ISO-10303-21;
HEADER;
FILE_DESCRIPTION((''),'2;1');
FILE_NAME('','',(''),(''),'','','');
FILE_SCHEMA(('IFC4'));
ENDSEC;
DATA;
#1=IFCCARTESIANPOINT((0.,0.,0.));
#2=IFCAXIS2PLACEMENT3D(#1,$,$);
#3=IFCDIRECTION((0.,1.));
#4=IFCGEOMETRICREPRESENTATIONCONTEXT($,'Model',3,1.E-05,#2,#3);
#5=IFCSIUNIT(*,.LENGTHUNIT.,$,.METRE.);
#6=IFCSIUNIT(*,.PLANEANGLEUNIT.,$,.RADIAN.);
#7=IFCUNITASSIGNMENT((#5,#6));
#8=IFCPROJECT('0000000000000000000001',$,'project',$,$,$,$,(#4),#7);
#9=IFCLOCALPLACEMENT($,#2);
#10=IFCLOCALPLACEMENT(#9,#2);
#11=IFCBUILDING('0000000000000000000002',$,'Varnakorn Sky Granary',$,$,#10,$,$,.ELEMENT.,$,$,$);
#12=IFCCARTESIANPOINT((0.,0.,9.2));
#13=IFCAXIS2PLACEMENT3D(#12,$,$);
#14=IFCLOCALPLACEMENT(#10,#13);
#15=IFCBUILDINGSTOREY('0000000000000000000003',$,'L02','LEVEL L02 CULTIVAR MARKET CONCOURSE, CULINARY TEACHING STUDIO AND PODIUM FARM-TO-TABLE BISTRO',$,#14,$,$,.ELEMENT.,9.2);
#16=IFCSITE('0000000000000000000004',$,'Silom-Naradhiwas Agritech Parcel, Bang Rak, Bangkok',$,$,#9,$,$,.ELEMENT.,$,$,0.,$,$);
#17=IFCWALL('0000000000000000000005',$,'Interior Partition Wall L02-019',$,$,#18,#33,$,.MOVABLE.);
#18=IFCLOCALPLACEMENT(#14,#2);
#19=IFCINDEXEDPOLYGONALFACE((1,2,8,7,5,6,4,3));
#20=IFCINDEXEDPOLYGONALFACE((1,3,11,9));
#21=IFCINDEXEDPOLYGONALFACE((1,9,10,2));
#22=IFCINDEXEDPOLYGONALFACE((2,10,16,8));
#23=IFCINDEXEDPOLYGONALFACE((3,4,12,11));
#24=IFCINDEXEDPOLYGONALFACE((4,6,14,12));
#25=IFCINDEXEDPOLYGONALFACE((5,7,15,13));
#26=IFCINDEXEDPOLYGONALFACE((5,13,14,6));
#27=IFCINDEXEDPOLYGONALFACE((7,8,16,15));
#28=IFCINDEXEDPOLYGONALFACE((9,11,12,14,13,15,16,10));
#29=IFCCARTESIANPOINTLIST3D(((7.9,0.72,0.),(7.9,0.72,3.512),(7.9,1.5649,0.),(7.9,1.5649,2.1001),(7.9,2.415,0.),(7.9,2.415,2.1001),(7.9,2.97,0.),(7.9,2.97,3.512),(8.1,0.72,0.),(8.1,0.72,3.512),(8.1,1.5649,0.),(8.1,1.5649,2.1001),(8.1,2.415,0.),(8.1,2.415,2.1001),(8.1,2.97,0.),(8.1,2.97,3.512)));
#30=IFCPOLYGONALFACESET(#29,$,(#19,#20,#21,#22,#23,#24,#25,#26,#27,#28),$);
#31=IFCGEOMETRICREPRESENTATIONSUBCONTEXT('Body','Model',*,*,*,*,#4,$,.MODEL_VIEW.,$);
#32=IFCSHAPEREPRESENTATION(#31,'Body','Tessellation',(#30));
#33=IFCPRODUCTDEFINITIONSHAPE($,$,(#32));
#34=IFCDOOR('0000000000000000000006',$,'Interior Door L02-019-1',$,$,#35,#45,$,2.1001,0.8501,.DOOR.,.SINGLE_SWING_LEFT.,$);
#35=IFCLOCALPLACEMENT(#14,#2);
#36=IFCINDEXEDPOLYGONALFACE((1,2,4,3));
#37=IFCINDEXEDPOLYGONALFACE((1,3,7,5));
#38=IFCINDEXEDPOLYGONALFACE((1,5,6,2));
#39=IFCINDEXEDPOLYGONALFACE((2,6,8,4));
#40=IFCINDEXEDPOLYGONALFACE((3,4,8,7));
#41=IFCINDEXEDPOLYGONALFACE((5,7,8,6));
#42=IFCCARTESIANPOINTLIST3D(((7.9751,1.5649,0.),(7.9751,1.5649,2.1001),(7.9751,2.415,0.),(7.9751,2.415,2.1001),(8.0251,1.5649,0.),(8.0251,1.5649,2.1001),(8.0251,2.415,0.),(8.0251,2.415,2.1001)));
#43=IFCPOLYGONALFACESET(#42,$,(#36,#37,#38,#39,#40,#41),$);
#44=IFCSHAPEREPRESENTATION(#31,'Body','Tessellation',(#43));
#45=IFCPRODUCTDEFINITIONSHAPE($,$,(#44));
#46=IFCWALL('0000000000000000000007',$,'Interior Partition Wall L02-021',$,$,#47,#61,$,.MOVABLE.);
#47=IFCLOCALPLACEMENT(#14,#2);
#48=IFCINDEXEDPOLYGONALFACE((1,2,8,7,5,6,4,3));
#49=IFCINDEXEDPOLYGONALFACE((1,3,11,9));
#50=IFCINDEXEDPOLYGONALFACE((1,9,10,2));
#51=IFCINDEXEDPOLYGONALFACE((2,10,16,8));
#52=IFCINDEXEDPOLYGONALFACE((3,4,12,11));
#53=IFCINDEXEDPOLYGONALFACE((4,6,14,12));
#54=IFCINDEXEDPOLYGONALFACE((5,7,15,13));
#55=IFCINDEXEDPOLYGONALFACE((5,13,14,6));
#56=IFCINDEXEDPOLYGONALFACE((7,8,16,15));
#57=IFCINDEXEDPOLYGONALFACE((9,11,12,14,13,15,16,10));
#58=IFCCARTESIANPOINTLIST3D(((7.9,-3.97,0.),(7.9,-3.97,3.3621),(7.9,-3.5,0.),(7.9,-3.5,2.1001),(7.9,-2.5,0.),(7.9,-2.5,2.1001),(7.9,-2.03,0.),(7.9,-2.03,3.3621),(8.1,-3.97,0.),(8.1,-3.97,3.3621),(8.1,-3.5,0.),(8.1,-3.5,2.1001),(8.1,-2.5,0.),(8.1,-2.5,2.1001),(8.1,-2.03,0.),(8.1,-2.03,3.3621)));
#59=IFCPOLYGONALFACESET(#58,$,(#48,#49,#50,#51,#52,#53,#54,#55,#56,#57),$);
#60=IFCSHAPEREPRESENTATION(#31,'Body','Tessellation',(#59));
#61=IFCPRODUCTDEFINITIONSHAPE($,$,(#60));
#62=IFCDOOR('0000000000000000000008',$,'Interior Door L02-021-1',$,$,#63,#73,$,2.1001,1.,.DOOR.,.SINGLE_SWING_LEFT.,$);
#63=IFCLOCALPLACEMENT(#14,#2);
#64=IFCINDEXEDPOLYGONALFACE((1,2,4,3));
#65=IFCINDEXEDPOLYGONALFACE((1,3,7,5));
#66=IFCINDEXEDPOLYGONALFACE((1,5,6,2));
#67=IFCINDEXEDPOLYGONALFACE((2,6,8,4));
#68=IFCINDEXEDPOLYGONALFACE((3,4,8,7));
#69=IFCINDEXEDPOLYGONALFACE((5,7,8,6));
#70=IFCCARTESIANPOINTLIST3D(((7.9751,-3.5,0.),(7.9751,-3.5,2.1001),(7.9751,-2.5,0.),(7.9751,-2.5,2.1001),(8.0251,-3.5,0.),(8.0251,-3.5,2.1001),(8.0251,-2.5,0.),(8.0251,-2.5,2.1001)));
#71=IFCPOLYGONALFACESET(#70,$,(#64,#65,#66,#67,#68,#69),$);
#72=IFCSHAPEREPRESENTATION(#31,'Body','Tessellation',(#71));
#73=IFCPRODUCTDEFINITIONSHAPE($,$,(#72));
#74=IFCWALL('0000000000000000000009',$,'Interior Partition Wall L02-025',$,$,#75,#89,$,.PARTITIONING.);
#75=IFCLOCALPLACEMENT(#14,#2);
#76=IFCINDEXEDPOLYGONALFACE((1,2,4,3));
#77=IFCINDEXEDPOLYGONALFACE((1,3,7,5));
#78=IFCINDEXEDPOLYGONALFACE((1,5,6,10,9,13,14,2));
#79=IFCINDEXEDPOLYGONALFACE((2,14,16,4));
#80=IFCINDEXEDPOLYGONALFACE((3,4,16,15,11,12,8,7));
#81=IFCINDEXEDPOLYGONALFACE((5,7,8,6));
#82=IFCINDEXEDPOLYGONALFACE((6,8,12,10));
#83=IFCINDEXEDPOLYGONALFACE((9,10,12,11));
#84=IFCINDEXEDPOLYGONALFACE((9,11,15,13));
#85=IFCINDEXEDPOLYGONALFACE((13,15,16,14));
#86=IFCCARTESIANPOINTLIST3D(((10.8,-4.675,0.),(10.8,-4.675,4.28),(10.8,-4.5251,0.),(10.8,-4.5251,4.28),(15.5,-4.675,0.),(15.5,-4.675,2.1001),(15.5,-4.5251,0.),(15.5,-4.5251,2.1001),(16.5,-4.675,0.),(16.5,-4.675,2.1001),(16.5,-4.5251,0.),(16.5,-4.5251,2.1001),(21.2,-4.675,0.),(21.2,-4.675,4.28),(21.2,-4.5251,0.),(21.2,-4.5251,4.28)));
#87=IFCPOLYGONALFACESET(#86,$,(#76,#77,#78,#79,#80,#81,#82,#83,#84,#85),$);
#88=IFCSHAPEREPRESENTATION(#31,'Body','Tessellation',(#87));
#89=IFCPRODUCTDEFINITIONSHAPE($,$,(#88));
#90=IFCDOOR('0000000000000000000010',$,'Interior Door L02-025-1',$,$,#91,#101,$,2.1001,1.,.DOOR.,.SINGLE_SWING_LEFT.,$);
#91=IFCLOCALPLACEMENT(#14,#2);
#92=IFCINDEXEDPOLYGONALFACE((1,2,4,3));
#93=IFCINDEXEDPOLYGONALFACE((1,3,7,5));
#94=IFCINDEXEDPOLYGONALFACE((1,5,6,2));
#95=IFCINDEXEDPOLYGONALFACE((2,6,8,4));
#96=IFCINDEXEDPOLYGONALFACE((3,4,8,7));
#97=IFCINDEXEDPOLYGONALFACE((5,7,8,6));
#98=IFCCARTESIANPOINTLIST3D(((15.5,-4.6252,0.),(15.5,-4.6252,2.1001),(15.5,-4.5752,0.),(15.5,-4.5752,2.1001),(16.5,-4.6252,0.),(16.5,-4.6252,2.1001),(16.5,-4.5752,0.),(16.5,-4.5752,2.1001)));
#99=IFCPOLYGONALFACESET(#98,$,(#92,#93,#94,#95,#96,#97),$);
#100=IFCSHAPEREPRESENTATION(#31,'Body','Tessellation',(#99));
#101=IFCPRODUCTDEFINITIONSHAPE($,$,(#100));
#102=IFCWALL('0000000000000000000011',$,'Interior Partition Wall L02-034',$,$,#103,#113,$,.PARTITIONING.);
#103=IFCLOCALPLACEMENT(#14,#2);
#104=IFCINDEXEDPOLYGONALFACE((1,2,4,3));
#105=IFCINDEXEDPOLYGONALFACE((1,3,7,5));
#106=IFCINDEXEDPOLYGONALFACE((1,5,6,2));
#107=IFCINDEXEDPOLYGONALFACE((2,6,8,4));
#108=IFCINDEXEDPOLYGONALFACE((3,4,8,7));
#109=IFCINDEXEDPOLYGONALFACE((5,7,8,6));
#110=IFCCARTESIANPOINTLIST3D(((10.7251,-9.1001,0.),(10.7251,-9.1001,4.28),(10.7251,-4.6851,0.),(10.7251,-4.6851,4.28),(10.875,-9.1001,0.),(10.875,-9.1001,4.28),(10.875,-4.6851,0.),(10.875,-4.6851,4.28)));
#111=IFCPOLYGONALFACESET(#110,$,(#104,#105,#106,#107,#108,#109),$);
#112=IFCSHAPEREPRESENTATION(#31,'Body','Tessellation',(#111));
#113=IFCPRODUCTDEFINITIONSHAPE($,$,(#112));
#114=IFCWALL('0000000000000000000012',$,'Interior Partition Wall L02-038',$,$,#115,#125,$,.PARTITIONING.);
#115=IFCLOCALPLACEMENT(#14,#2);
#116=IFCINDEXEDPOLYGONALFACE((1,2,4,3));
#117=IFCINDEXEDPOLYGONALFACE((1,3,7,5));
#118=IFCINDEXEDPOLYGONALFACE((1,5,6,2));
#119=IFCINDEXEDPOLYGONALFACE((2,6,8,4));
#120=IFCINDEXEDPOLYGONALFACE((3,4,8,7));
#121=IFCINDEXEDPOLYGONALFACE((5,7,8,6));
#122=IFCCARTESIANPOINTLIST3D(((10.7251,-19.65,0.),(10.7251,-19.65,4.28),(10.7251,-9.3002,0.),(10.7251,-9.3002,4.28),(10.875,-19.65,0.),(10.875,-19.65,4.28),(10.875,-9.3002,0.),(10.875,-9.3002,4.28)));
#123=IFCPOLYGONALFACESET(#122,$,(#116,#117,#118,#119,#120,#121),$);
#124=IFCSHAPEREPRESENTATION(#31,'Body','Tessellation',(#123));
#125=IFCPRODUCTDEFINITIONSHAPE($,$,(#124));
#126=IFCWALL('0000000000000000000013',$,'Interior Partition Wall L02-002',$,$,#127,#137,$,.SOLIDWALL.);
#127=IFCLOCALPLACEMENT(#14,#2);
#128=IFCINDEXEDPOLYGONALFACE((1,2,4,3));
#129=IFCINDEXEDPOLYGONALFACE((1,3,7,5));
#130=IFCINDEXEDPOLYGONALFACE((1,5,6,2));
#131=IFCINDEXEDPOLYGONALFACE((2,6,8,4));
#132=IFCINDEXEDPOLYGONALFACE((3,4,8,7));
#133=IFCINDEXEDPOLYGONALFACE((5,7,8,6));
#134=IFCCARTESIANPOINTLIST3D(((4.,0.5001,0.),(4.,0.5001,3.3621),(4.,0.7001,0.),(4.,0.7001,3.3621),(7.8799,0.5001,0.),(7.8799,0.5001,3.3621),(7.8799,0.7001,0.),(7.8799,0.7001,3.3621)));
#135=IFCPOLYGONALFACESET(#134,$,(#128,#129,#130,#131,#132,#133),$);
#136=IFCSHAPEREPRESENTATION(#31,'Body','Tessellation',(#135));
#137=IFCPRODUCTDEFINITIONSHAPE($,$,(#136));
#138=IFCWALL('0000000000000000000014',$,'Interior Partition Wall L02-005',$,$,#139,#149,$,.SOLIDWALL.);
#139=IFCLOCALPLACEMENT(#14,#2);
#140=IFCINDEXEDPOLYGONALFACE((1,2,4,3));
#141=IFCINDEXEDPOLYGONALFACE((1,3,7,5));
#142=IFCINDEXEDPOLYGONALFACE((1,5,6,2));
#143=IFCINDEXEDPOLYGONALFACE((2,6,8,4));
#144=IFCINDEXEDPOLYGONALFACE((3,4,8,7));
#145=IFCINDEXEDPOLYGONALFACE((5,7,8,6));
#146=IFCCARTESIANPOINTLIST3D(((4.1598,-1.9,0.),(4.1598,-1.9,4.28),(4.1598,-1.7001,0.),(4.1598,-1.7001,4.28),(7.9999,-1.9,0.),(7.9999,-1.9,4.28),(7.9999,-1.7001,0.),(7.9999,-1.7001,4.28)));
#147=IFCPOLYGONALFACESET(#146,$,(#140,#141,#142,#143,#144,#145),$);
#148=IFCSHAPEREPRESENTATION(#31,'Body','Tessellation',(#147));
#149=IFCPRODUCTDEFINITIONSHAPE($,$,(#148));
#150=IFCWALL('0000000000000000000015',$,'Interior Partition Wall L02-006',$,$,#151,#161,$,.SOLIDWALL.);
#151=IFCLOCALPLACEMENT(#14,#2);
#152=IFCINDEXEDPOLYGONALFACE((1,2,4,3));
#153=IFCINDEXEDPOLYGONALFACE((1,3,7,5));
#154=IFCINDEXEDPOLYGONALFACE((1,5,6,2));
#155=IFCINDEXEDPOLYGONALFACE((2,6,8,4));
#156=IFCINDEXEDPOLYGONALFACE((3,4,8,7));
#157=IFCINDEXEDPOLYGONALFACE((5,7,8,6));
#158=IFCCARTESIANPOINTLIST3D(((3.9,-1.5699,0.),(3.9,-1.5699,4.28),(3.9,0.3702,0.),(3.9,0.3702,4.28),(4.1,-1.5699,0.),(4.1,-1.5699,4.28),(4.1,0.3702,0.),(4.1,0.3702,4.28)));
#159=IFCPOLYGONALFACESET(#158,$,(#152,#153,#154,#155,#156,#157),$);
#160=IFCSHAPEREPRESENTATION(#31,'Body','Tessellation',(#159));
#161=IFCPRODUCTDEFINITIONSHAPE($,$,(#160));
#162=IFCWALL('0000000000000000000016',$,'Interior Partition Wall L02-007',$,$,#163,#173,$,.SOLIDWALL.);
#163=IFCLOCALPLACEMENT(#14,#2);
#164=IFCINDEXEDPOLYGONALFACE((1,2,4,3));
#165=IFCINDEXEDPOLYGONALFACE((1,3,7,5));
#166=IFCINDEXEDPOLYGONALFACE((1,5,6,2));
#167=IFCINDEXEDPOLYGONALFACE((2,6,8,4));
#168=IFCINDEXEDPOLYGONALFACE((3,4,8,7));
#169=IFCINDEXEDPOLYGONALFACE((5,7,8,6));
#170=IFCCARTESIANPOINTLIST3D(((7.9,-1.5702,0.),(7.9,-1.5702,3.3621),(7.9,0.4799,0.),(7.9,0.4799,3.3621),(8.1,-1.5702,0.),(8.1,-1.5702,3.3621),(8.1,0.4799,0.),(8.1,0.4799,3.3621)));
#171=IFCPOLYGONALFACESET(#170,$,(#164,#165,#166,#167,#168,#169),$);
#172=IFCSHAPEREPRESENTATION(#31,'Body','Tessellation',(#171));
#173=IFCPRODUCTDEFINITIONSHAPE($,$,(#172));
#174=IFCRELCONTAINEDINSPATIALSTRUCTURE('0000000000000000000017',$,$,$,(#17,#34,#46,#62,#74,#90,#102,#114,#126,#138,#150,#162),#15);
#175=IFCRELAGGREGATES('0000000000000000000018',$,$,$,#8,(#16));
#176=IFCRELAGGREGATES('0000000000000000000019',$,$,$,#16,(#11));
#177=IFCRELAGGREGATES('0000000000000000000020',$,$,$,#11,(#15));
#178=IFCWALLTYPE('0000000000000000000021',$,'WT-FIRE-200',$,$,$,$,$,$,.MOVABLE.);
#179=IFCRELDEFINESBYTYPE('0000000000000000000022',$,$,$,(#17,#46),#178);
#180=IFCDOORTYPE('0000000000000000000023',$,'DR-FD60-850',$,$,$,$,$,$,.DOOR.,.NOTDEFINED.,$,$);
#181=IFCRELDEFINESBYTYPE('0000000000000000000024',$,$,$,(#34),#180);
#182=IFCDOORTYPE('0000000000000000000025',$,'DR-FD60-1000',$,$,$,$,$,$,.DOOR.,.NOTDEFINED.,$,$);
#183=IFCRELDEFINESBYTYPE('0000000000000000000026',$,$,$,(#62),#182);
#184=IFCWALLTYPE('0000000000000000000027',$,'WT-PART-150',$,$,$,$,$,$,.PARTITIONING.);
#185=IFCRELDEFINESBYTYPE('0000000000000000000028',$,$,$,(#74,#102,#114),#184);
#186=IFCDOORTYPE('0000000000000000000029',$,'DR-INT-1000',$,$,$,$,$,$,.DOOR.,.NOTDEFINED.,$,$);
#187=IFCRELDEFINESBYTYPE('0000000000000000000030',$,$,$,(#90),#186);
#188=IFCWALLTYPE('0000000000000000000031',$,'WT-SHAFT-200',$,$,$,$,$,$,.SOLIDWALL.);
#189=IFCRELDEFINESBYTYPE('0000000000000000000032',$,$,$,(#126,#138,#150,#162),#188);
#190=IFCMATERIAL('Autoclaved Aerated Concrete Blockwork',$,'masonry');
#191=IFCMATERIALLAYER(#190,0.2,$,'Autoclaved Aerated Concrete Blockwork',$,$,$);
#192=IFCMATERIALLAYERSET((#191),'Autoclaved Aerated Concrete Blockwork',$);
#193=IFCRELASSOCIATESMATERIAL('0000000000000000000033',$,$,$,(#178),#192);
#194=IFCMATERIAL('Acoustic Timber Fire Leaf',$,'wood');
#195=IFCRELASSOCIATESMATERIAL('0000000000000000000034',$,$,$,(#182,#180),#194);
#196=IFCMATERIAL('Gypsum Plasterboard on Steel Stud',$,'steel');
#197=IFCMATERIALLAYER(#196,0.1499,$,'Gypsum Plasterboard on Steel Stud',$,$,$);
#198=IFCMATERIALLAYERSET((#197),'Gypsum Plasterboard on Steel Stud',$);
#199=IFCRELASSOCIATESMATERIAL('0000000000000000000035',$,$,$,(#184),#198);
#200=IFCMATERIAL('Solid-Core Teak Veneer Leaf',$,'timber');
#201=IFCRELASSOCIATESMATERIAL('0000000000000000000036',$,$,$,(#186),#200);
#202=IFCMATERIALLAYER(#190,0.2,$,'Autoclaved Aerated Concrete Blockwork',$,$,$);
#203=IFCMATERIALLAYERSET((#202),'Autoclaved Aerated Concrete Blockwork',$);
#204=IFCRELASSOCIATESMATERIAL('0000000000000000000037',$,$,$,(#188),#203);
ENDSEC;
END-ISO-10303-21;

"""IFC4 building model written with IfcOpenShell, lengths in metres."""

from ifc_helpers import new_model, si_unit, direction, frame, frame_2d, origin, place, context, subcontext, project, spatial, rectangle, extrude, material, layer, layer_set, type_object, element, fill, save


model = new_model("IFC4")

# Units and contexts
model_context = context("Model", 3, precision=1e-05, world=origin(), true_north=direction((0.0, 1.0)))
body_context = subcontext(model_context, "Body", "Model", "MODEL_VIEW")
ifc_project = project(units=[si_unit("LENGTHUNIT", "METRE"), si_unit("PLANEANGLEUNIT", "RADIAN")], contexts=[model_context])

# Site, building, storey
site_placement = place(None, origin())
site = spatial("IfcSite", under=ifc_project, at=site_placement, Name="Silom-Naradhiwas Agritech Parcel, Bang Rak, Bangkok", CompositionType="ELEMENT", RefElevation=0.0)
building_placement = place(site_placement, origin())
building = spatial("IfcBuilding", under=site, at=building_placement, Name="Varnakorn Sky Granary", CompositionType="ELEMENT")
storey_placement = place(building_placement, frame((0.0, 0.0, 9.2)))
storey = spatial("IfcBuildingStorey", under=building, at=storey_placement, Name="L02", Description="LEVEL L02 CULTIVAR MARKET CONCOURSE, CULINARY TEACHING STUDIO AND PODIUM FARM-TO-TABLE BISTRO", CompositionType="ELEMENT", Elevation=9.2)

# Walls, openings, doors
ifc_material_1 = material(Name="Autoclaved Aerated Concrete Blockwork", Category="masonry")
ifc_layer_1 = layer(ifc_material_1, 0.2, Name="Autoclaved Aerated Concrete Blockwork")
ifc_layer_set_1 = layer_set([ifc_layer_1], Name="Autoclaved Aerated Concrete Blockwork")
wall_type_1 = type_object("IfcWallType", Name="WT-FIRE-200", PredefinedType="MOVABLE", material=ifc_layer_set_1)
ifc_material_2 = material(Name="Acoustic Timber Fire Leaf", Category="wood")
door_type_1 = type_object("IfcDoorType", Name="DR-FD60-1000", OperationType="NOTDEFINED", PredefinedType="DOOR", material=ifc_material_2)
wall_1_placement = place(storey_placement, frame((8.0, 0.72, 0.0), z_axis=(0.0, 0.0, 1.0), x_axis=(0.0, 1.0, 0.0)))
wall_1 = element("IfcWall", 1, at=wall_1_placement, inside=storey, type_object=wall_type_1, Name="Interior Partition Wall L02-019", PredefinedType="MOVABLE", context=body_context, shape_type="SweptSolid", body=[
    extrude(rectangle(XDim=2.25, YDim=0.2, at=frame_2d((1.125, 0.0))), origin(), (0.0, 0.0, 1.0), 3.512),
])
opening_1_placement = place(wall_1_placement, frame((0.845, 0.0, 0.0)))
opening_1 = element("IfcOpeningElement", 2, at=opening_1_placement, cuts=wall_1, PredefinedType="OPENING", context=body_context, shape_type="SweptSolid", body=[
    extrude(rectangle(XDim=0.8501, YDim=2.1001, at=frame_2d((0.425, 1.05))), frame((0.0, 0.1099, 0.0), z_axis=(0.0, -1.0, 0.0), x_axis=(1.0, 0.0, 0.0)), (0.0, 0.0, 1.0), 0.22),
])
door_type_2 = type_object("IfcDoorType", Name="DR-FD60-850", OperationType="NOTDEFINED", PredefinedType="DOOR", material=ifc_material_2)
door_1_placement = place(opening_1_placement, origin())
door_1 = element("IfcDoor", 3, at=door_1_placement, inside=storey, type_object=door_type_2, Name="Interior Door L02-019-1", OperationType="SINGLE_SWING_LEFT", OverallHeight=2.1001, OverallWidth=0.8501, PredefinedType="DOOR", context=body_context, shape_type="SweptSolid", body=[
    extrude(rectangle(XDim=0.8501, YDim=2.1001, at=frame_2d((0.425, 1.05))), frame((0.0, 0.0249, 0.0), z_axis=(0.0, -1.0, 0.0), x_axis=(1.0, 0.0, 0.0)), (0.0, 0.0, 1.0), 0.05),
])
fill(opening_1, door_1)
wall_2_placement = place(storey_placement, frame((8.0, -3.97, 0.0), z_axis=(0.0, 0.0, 1.0), x_axis=(0.0, 1.0, 0.0)))
wall_2 = element("IfcWall", 4, at=wall_2_placement, inside=storey, type_object=wall_type_1, Name="Interior Partition Wall L02-021", PredefinedType="MOVABLE", context=body_context, shape_type="SweptSolid", body=[
    extrude(rectangle(XDim=1.9399, YDim=0.2, at=frame_2d((0.97, 0.0))), origin(), (0.0, 0.0, 1.0), 3.3621),
])
opening_2_placement = place(wall_2_placement, frame((0.47, 0.0, 0.0)))
opening_2 = element("IfcOpeningElement", 5, at=opening_2_placement, cuts=wall_2, PredefinedType="OPENING", context=body_context, shape_type="SweptSolid", body=[
    extrude(rectangle(XDim=1.0, YDim=2.1001, at=frame_2d((0.5, 1.05))), frame((0.0, 0.1099, 0.0), z_axis=(0.0, -1.0, 0.0), x_axis=(1.0, 0.0, 0.0)), (0.0, 0.0, 1.0), 0.22),
])
door_2_placement = place(opening_2_placement, origin())
door_2 = element("IfcDoor", 6, at=door_2_placement, inside=storey, type_object=door_type_1, Name="Interior Door L02-021-1", OperationType="SINGLE_SWING_LEFT", OverallHeight=2.1001, OverallWidth=1.0, PredefinedType="DOOR", context=body_context, shape_type="SweptSolid", body=[
    extrude(rectangle(XDim=1.0, YDim=2.1001, at=frame_2d((0.5, 1.05))), frame((0.0, 0.0249, 0.0), z_axis=(0.0, -1.0, 0.0), x_axis=(1.0, 0.0, 0.0)), (0.0, 0.0, 1.0), 0.05),
])
fill(opening_2, door_2)
ifc_material_3 = material(Name="Gypsum Plasterboard on Steel Stud", Category="steel")
ifc_layer_2 = layer(ifc_material_3, 0.1499, Name="Gypsum Plasterboard on Steel Stud")
ifc_layer_set_2 = layer_set([ifc_layer_2], Name="Gypsum Plasterboard on Steel Stud")
wall_type_2 = type_object("IfcWallType", Name="WT-PART-150", PredefinedType="PARTITIONING", material=ifc_layer_set_2)
wall_3_placement = place(storey_placement, frame((10.8, -4.6001, 0.0), z_axis=(0.0, 0.0, 1.0), x_axis=(1.0, 0.0, 0.0)))
wall_3 = element("IfcWall", 7, at=wall_3_placement, inside=storey, type_object=wall_type_2, Name="Interior Partition Wall L02-025", PredefinedType="PARTITIONING", context=body_context, shape_type="SweptSolid", body=[
    extrude(rectangle(XDim=10.3999, YDim=0.1499, at=frame_2d((5.2, 0.0))), origin(), (0.0, 0.0, 1.0), 4.28),
])
opening_3_placement = place(wall_3_placement, frame((4.7, 0.0, 0.0)))
opening_3 = element("IfcOpeningElement", 8, at=opening_3_placement, cuts=wall_3, PredefinedType="OPENING", context=body_context, shape_type="SweptSolid", body=[
    extrude(rectangle(XDim=1.0, YDim=2.1001, at=frame_2d((0.5, 1.05))), frame((0.0, 0.085, 0.0), z_axis=(0.0, -1.0, 0.0), x_axis=(1.0, 0.0, 0.0)), (0.0, 0.0, 1.0), 0.1699),
])
ifc_material_4 = material(Name="Solid-Core Teak Veneer Leaf", Category="timber")
door_type_3 = type_object("IfcDoorType", Name="DR-INT-1000", OperationType="NOTDEFINED", PredefinedType="DOOR", material=ifc_material_4)
door_3_placement = place(opening_3_placement, origin())
door_3 = element("IfcDoor", 9, at=door_3_placement, inside=storey, type_object=door_type_3, Name="Interior Door L02-025-1", OperationType="SINGLE_SWING_LEFT", OverallHeight=2.1001, OverallWidth=1.0, PredefinedType="DOOR", context=body_context, shape_type="SweptSolid", body=[
    extrude(rectangle(XDim=1.0, YDim=2.1001, at=frame_2d((0.5, 1.05))), frame((0.0, 0.0249, 0.0), z_axis=(0.0, -1.0, 0.0), x_axis=(1.0, 0.0, 0.0)), (0.0, 0.0, 1.0), 0.05),
])
fill(opening_3, door_3)

# Walls
wall_4_placement = place(storey_placement, frame((10.8, -9.1001, 0.0), z_axis=(0.0, 0.0, 1.0), x_axis=(0.0, 1.0, 0.0)))
element("IfcWall", 10, at=wall_4_placement, inside=storey, type_object=wall_type_2, Name="Interior Partition Wall L02-034", PredefinedType="PARTITIONING", context=body_context, shape_type="SweptSolid", body=[
    extrude(rectangle(XDim=4.415, YDim=0.1499, at=frame_2d((2.2075, 0.0))), origin(), (0.0, 0.0, 1.0), 4.28),
])
wall_5_placement = place(storey_placement, frame((10.8, -19.6499, 0.0), z_axis=(0.0, 0.0, 1.0), x_axis=(0.0, 1.0, 0.0)))
element("IfcWall", 11, at=wall_5_placement, inside=storey, type_object=wall_type_2, Name="Interior Partition Wall L02-038", PredefinedType="PARTITIONING", context=body_context, shape_type="SweptSolid", body=[
    extrude(rectangle(XDim=10.3499, YDim=0.1499, at=frame_2d((5.1748, 0.0))), origin(), (0.0, 0.0, 1.0), 4.28),
])
ifc_layer_3 = layer(ifc_material_1, 0.2, Name="Autoclaved Aerated Concrete Blockwork")
ifc_layer_set_3 = layer_set([ifc_layer_3], Name="Autoclaved Aerated Concrete Blockwork")
wall_type_3 = type_object("IfcWallType", Name="WT-SHAFT-200", PredefinedType="SOLIDWALL", material=ifc_layer_set_3)
wall_6_placement = place(storey_placement, frame((4.0, 0.6001, 0.0), z_axis=(0.0, 0.0, 1.0), x_axis=(1.0, 0.0, 0.0)))
element("IfcWall", 12, at=wall_6_placement, inside=storey, type_object=wall_type_3, Name="Interior Partition Wall L02-002", PredefinedType="SOLIDWALL", context=body_context, shape_type="SweptSolid", body=[
    extrude(rectangle(XDim=3.8799, YDim=0.2, at=frame_2d((1.9399, 0.0))), origin(), (0.0, 0.0, 1.0), 3.3621),
])
wall_7_placement = place(storey_placement, frame((4.1599, -1.8, 0.0), z_axis=(0.0, 0.0, 1.0), x_axis=(1.0, 0.0, 0.0)))
element("IfcWall", 13, at=wall_7_placement, inside=storey, type_object=wall_type_3, Name="Interior Partition Wall L02-005", PredefinedType="SOLIDWALL", context=body_context, shape_type="SweptSolid", body=[
    extrude(rectangle(XDim=3.8401, YDim=0.2, at=frame_2d((1.9199, 0.0))), origin(), (0.0, 0.0, 1.0), 4.28),
])
wall_8_placement = place(storey_placement, frame((4.0, -1.5701, 0.0), z_axis=(0.0, 0.0, 1.0), x_axis=(0.0, 1.0, 0.0)))
element("IfcWall", 14, at=wall_8_placement, inside=storey, type_object=wall_type_3, Name="Interior Partition Wall L02-006", PredefinedType="SOLIDWALL", context=body_context, shape_type="SweptSolid", body=[
    extrude(rectangle(XDim=1.9402, YDim=0.2, at=frame_2d((0.9702, 0.0))), origin(), (0.0, 0.0, 1.0), 4.28),
])
wall_9_placement = place(storey_placement, frame((8.0, -1.5701, 0.0), z_axis=(0.0, 0.0, 1.0), x_axis=(0.0, 1.0, 0.0)))
element("IfcWall", 15, at=wall_9_placement, inside=storey, type_object=wall_type_3, Name="Interior Partition Wall L02-007", PredefinedType="SOLIDWALL", context=body_context, shape_type="SweptSolid", body=[
    extrude(rectangle(XDim=2.05, YDim=0.2, at=frame_2d((1.0249, 0.0))), origin(), (0.0, 0.0, 1.0), 3.3621),
])

save(model, "model.ifc")
